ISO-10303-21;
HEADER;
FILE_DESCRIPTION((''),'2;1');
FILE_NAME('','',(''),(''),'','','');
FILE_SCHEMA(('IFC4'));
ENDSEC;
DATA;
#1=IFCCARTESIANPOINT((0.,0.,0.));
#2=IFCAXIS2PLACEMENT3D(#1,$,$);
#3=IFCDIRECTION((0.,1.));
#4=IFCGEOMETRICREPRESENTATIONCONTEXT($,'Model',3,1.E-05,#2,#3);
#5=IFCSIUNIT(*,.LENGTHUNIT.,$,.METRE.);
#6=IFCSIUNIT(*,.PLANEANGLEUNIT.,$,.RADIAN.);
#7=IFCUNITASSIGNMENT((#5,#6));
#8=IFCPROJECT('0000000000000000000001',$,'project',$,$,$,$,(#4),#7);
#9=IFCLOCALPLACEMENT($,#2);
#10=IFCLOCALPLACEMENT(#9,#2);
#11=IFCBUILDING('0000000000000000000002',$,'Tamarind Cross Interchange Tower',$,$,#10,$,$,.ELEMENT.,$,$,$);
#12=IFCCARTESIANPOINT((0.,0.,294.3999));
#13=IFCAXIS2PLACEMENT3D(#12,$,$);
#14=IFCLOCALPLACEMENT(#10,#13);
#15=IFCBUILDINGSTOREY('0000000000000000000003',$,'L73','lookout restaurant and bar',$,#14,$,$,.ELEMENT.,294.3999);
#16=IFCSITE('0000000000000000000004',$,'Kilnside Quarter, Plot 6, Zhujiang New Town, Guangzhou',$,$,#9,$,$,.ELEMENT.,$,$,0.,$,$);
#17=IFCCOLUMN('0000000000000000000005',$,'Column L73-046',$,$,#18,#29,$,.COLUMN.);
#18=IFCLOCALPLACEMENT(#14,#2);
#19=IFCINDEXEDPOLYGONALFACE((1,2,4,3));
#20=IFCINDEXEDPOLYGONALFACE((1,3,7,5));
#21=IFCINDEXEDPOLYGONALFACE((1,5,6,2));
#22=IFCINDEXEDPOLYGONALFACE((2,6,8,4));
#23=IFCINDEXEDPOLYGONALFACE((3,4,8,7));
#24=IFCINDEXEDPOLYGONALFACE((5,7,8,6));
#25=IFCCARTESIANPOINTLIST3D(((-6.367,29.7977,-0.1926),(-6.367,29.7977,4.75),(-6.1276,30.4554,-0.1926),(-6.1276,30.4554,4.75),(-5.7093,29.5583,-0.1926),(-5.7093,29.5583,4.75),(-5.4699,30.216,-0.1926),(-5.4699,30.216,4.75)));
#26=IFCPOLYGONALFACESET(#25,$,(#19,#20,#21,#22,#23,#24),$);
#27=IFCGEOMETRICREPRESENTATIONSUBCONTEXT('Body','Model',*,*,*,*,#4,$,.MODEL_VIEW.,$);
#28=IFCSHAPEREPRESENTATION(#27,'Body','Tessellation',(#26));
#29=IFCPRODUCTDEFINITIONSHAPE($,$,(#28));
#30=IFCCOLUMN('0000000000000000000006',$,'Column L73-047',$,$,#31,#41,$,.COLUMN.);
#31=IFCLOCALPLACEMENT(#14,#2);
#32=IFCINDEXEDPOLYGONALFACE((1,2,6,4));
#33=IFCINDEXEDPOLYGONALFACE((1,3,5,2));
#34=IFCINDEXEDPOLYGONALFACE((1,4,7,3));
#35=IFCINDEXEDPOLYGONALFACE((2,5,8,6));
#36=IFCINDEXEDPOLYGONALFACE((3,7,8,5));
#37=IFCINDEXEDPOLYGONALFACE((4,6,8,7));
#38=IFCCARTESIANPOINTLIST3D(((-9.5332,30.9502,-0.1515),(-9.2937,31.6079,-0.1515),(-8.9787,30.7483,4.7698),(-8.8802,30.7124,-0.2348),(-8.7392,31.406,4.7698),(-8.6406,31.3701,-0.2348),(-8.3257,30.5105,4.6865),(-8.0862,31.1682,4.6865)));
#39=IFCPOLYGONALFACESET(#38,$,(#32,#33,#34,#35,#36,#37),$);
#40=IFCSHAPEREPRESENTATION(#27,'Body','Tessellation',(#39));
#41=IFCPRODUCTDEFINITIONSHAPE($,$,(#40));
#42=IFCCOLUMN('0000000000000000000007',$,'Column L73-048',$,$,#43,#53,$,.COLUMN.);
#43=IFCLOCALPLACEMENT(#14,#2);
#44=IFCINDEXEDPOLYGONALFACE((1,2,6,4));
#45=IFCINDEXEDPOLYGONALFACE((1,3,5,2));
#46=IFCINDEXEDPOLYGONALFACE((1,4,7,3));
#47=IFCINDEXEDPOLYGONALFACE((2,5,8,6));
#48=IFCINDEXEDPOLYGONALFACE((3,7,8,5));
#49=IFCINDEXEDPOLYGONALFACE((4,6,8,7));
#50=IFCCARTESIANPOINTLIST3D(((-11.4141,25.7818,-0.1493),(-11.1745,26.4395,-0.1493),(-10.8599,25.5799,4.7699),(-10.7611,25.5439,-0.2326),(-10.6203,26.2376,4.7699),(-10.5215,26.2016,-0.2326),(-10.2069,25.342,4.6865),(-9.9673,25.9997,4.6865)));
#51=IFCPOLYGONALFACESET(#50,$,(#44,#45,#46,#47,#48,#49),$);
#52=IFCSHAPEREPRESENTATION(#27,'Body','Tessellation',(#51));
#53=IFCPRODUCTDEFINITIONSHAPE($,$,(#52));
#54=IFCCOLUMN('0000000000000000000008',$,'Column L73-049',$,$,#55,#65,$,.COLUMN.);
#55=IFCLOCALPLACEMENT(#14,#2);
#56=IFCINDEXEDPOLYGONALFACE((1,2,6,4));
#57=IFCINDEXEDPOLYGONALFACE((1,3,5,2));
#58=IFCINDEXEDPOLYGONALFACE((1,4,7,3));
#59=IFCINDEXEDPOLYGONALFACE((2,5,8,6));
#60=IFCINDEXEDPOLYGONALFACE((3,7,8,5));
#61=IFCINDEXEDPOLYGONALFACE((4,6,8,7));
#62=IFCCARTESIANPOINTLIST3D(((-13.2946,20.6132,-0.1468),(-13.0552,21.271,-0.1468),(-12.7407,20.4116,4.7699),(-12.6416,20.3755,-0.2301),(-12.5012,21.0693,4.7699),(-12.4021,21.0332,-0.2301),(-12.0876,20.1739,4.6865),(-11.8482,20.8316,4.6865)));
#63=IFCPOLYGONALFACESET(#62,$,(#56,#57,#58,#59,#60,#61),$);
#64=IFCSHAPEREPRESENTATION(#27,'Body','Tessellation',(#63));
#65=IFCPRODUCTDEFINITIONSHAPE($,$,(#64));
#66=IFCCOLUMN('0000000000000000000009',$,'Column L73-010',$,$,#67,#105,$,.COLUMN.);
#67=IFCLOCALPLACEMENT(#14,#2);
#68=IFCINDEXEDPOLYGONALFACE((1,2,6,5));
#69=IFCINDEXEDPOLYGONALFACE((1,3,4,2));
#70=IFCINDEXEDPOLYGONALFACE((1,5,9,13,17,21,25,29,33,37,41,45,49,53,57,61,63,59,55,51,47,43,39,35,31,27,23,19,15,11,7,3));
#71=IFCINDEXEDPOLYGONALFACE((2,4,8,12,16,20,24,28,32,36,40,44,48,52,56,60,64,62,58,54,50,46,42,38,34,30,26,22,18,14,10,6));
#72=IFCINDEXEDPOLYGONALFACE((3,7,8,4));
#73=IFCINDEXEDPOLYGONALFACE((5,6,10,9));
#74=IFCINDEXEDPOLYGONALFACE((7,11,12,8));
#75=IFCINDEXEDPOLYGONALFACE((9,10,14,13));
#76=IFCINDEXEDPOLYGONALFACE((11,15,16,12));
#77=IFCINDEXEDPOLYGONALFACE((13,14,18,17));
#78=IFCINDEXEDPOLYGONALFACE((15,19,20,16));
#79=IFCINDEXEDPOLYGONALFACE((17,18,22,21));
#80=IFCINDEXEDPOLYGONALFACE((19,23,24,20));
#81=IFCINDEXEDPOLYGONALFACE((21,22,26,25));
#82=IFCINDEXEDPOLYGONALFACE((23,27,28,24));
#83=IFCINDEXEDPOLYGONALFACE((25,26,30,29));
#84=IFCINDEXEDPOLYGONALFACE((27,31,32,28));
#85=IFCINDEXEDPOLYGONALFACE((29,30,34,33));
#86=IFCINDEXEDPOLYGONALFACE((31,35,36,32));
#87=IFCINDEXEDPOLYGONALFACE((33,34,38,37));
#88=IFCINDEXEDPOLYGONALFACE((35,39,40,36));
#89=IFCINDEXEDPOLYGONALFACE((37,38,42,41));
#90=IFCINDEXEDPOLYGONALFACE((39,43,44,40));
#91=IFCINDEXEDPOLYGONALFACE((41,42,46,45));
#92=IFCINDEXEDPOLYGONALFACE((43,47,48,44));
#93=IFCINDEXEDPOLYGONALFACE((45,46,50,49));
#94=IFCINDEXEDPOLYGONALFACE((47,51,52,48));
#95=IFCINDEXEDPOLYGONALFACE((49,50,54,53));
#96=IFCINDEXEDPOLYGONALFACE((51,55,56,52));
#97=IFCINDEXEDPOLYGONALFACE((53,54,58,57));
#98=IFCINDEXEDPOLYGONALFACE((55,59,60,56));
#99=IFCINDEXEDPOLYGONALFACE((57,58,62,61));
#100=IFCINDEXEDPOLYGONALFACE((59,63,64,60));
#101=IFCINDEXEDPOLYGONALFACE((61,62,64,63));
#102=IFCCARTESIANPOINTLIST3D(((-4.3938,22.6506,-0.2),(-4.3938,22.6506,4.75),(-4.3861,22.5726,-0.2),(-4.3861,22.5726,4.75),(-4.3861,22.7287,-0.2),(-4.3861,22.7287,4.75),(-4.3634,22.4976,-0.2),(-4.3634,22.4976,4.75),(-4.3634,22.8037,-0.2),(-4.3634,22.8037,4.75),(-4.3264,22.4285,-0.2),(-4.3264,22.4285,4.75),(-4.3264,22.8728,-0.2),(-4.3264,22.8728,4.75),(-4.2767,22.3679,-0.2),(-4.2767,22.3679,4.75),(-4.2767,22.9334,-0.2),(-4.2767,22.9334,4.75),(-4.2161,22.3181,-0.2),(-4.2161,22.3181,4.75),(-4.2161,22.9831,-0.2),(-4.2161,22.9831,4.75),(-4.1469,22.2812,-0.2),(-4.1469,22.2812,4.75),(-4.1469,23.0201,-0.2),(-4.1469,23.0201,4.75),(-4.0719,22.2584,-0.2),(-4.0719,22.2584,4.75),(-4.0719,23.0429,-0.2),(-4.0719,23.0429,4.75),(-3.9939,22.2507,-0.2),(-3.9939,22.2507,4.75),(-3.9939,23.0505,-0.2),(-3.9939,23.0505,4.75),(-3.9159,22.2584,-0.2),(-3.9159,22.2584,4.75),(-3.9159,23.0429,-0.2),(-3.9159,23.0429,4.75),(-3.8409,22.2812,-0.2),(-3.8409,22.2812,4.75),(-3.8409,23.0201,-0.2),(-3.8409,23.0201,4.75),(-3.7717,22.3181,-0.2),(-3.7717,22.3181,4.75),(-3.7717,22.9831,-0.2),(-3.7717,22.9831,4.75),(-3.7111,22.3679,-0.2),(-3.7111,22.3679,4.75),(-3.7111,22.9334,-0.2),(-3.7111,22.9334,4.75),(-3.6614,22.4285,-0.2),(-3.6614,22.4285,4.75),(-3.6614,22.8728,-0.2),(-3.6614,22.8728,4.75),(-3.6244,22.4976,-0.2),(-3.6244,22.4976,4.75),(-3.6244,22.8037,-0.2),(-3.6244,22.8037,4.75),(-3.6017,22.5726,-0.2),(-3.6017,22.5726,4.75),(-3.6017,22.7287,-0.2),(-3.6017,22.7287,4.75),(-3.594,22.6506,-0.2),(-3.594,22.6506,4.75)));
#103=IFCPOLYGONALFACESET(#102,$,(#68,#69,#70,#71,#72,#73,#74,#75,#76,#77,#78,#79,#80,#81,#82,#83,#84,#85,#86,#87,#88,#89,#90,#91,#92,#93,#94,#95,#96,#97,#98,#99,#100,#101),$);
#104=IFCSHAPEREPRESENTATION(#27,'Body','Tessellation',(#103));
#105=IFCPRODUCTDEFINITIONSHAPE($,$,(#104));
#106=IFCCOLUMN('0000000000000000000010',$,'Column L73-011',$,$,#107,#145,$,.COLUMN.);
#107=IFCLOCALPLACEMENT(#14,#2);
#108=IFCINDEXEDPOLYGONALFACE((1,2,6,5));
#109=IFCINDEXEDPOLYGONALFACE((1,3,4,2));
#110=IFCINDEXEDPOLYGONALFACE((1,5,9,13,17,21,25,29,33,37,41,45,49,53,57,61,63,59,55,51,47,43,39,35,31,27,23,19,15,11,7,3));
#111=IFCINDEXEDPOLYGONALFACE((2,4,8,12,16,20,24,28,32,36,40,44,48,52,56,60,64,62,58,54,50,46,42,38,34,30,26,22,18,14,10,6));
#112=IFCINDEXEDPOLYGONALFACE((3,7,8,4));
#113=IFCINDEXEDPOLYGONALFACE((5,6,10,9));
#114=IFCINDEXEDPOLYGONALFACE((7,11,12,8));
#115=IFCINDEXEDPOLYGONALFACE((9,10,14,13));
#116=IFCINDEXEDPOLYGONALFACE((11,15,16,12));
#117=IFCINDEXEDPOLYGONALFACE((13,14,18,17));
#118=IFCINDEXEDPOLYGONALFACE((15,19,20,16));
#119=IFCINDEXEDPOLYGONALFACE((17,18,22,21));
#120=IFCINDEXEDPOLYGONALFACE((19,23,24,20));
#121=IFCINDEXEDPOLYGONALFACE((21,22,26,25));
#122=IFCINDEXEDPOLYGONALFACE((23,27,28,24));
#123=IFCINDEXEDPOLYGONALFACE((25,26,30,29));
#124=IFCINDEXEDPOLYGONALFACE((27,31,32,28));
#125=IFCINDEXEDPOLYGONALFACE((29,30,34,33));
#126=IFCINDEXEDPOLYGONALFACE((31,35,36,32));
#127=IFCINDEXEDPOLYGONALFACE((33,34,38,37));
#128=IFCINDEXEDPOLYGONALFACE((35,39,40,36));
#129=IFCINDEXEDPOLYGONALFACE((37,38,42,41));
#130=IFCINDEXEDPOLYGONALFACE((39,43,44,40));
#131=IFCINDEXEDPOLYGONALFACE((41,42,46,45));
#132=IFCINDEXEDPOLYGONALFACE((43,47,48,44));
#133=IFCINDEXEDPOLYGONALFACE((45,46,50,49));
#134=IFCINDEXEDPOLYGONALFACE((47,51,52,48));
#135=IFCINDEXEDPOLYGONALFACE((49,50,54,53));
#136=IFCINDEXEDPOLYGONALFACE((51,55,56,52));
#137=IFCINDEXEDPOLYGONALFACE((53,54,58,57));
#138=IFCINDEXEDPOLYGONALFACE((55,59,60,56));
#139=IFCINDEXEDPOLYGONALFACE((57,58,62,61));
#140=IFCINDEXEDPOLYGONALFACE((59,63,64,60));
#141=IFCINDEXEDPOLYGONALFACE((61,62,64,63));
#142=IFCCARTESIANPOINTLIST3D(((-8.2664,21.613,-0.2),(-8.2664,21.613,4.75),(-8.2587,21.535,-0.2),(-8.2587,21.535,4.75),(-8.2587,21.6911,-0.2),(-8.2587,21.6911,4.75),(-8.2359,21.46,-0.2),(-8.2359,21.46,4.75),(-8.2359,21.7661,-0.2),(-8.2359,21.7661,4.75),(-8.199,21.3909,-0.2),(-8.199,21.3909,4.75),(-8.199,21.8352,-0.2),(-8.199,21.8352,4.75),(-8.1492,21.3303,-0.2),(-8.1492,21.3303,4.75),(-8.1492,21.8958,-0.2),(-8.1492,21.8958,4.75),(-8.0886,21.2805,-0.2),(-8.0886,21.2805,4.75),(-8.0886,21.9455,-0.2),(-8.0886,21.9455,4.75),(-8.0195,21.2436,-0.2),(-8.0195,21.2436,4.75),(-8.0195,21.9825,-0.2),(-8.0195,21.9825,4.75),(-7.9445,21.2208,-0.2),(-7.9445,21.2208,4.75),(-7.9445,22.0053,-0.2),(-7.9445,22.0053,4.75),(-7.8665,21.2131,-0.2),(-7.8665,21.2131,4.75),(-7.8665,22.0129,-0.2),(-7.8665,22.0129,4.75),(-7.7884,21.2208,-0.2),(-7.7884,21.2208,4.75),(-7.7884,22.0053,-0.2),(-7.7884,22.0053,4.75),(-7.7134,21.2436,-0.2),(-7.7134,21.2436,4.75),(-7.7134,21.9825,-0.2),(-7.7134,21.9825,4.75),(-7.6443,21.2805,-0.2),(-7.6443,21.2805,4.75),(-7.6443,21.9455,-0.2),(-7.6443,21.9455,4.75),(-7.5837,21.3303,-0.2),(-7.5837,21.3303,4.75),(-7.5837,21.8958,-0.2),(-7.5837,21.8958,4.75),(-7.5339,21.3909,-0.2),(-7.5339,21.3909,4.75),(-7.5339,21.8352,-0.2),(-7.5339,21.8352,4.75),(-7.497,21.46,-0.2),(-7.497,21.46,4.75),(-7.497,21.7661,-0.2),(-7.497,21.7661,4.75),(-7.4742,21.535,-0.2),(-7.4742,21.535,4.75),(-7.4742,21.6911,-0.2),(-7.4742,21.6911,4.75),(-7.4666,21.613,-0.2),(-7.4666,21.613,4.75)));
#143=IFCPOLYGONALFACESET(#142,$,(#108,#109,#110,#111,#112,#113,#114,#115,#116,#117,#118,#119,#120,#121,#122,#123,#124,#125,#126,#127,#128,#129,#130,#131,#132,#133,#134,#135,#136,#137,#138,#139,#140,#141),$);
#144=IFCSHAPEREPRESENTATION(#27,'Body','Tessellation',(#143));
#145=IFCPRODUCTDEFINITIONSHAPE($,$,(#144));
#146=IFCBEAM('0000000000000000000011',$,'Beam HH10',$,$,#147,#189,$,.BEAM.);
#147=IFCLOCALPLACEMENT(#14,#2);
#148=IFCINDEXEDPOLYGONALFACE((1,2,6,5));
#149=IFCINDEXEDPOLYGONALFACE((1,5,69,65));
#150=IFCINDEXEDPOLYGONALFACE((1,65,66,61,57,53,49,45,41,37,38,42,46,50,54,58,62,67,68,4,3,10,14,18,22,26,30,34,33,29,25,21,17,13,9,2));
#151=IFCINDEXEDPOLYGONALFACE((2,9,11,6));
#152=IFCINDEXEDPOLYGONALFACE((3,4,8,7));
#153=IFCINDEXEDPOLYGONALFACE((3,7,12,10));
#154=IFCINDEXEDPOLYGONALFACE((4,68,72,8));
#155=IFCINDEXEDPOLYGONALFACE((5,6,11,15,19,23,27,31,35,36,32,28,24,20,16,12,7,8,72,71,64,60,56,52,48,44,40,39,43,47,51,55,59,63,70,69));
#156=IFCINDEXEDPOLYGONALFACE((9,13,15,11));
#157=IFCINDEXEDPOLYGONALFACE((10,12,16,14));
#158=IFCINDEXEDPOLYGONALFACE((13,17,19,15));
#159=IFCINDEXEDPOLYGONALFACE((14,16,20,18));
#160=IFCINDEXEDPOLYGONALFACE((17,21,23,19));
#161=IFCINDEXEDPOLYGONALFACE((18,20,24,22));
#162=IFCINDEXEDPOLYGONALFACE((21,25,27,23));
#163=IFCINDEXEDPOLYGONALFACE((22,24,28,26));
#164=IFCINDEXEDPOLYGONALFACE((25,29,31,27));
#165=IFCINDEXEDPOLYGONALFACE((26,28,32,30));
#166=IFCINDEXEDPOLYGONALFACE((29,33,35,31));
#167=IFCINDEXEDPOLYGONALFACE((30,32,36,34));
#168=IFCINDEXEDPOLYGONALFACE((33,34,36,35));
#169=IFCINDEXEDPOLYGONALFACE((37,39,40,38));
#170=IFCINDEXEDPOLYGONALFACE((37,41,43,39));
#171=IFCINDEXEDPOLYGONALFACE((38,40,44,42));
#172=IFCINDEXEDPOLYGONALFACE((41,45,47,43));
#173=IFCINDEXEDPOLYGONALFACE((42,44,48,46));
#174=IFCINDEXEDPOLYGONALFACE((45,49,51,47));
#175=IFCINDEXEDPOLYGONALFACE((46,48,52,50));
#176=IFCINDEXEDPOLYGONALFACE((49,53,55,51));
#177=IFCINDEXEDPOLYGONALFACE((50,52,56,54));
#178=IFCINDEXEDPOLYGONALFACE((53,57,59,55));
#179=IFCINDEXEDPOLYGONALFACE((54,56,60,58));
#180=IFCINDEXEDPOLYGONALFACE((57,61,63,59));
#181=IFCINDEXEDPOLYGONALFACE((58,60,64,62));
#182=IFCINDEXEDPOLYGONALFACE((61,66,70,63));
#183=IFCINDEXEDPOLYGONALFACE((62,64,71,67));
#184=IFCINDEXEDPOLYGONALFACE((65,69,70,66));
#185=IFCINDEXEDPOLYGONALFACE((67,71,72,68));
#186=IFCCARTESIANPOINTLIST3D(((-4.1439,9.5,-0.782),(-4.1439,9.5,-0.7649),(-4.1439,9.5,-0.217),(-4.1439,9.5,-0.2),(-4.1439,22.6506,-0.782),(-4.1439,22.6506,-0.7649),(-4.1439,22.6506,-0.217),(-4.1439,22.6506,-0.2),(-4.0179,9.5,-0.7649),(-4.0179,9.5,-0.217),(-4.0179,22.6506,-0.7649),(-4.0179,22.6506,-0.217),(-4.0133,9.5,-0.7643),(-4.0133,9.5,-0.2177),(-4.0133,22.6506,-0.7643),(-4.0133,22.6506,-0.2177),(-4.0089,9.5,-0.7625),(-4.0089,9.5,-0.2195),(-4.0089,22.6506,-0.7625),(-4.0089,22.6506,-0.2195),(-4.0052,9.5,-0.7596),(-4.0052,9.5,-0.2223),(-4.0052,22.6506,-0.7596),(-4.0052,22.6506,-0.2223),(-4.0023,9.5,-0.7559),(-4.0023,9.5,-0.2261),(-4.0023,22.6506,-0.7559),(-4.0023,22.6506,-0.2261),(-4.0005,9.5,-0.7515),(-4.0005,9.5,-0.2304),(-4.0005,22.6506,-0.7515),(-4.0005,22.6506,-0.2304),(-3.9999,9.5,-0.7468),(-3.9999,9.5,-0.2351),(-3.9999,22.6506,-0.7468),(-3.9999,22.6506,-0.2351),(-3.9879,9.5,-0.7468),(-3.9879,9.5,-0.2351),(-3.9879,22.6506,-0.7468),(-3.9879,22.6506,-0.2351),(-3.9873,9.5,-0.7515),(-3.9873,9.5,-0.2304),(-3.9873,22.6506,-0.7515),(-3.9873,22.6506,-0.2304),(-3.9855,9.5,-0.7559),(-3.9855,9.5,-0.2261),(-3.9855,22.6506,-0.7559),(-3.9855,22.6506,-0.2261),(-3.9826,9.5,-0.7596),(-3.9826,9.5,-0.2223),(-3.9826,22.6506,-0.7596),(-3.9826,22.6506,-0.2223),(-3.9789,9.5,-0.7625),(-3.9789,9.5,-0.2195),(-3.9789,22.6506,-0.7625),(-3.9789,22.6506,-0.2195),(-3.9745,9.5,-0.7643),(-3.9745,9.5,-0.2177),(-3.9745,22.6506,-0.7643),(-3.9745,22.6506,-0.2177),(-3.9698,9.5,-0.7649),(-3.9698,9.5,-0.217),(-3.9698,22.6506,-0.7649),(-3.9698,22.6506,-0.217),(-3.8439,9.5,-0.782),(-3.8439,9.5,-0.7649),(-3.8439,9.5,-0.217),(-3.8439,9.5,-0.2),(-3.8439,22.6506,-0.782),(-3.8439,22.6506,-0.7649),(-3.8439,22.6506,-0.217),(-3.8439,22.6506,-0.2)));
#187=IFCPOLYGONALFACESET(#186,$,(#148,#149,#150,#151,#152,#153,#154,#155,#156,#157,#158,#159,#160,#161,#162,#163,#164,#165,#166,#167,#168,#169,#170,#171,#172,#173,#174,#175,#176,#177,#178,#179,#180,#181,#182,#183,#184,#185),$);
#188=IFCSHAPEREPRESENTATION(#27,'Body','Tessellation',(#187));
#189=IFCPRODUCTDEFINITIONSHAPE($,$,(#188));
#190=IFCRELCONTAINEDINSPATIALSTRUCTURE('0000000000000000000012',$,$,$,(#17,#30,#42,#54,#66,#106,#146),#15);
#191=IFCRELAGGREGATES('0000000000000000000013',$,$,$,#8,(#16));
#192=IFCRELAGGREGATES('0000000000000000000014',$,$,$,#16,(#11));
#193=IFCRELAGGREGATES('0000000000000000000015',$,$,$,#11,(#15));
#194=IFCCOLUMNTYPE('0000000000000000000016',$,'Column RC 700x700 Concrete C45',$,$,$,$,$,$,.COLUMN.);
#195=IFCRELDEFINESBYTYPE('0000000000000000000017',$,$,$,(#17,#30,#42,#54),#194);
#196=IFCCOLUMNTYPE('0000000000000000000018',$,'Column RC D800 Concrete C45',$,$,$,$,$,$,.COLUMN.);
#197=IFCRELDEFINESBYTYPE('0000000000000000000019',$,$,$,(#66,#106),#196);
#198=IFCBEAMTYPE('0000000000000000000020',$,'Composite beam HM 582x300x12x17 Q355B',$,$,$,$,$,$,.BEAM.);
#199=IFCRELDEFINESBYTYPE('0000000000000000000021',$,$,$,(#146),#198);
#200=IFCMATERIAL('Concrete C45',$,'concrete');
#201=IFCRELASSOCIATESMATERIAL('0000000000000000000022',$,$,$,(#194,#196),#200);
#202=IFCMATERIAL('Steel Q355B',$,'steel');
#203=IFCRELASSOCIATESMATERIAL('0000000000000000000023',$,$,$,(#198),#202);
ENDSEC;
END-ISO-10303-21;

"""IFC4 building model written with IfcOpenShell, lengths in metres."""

from ifc_helpers import new_model, si_unit, direction, frame, origin, origin_2d, place, context, subcontext, project, spatial, rectangle, circle, i_section, extrude, material, material_profile, profile_set, type_object, element, save


model = new_model("IFC4")

# Units and contexts
model_context = context("Model", 3, precision=1e-05, world=origin(), true_north=direction((0.0, 1.0)))
body_context = subcontext(model_context, "Body", "Model", "MODEL_VIEW")
ifc_project = project(units=[si_unit("LENGTHUNIT", "METRE"), si_unit("PLANEANGLEUNIT", "RADIAN")], contexts=[model_context])

# Site, building, storey
site_placement = place(None, origin())
site = spatial("IfcSite", under=ifc_project, at=site_placement, Name="Kilnside Quarter, Plot 6, Zhujiang New Town, Guangzhou", CompositionType="ELEMENT", RefElevation=0.0)
building_placement = place(site_placement, origin())
building = spatial("IfcBuilding", under=site, at=building_placement, Name="Tamarind Cross Interchange Tower", CompositionType="ELEMENT")
storey_placement = place(building_placement, frame((0.0, 0.0, 294.3999)))
storey = spatial("IfcBuildingStorey", under=building, at=storey_placement, Name="L73", Description="lookout restaurant and bar", CompositionType="ELEMENT", Elevation=294.3999)

# Columns
ifc_material_1 = material(Name="Concrete C45", Category="concrete")
ifc_material_profile_1 = material_profile(ifc_material_1, rectangle(XDim=0.7, YDim=0.7, at=origin_2d()), Name="RC 700x700")
ifc_profile_set_1 = profile_set([ifc_material_profile_1], Name="Concrete C45")
column_type_1 = type_object("IfcColumnType", Name="Column RC 700x700 Concrete C45", PredefinedType="COLUMN", material=ifc_profile_set_1)
column_1_placement = place(storey_placement, frame((-5.9185, 30.0068, -0.1926), z_axis=(0.0, 0.0, 1.0), x_axis=(0.341994, 0.939702, 0.0)))
element("IfcColumn", 1, at=column_1_placement, inside=storey, type_object=column_type_1, Name="Column L73-046", PredefinedType="COLUMN", context=body_context, shape_type="SweptSolid", body=[
    extrude(rectangle(XDim=0.7, YDim=0.7, at=origin_2d()), origin(), (0.0, 0.0, 1.0), 4.9426),
])
column_2_placement = place(storey_placement, frame((-9.0869, 31.1602, -0.1931), z_axis=(0.111859, -0.040734, 0.992889), x_axis=(0.342175, 0.939636, 0.0)))
element("IfcColumn", 2, at=column_2_placement, inside=storey, type_object=column_type_1, Name="Column L73-047", PredefinedType="COLUMN", context=body_context, shape_type="SweptSolid", body=[
    extrude(rectangle(XDim=0.7, YDim=0.7, at=origin_2d()), origin(), (0.0, 0.0, 1.0), 4.9565),
])
column_3_placement = place(storey_placement, frame((-10.9678, 25.9917, -0.1909), z_axis=(0.111859, -0.040752, 0.992888), x_axis=(0.342308, 0.939588, 0.0)))
element("IfcColumn", 3, at=column_3_placement, inside=storey, type_object=column_type_1, Name="Column L73-048", PredefinedType="COLUMN", context=body_context, shape_type="SweptSolid", body=[
    extrude(rectangle(XDim=0.7, YDim=0.7, at=origin_2d()), origin(), (0.0, 0.0, 1.0), 4.9543),
])
column_4_placement = place(storey_placement, frame((-12.8484, 20.8232, -0.1885), z_axis=(0.111866, -0.040723, 0.992889), x_axis=(-0.93299, 0.339643, 0.119048)))
element("IfcColumn", 4, at=column_4_placement, inside=storey, type_object=column_type_1, Name="Column L73-049", PredefinedType="COLUMN", context=body_context, shape_type="SweptSolid", body=[
    extrude(rectangle(XDim=0.7, YDim=0.7, at=origin_2d()), origin(), (0.0, 0.0, 1.0), 4.9519),
])
ifc_material_profile_2 = material_profile(ifc_material_1, circle(Radius=0.3999, at=origin_2d()), Name="RC D800")
ifc_profile_set_2 = profile_set([ifc_material_profile_2], Name="Concrete C45")
column_type_2 = type_object("IfcColumnType", Name="Column RC D800 Concrete C45", PredefinedType="COLUMN", material=ifc_profile_set_2)
for number, where, z_axis, x_axis, name in (
    (5, (-3.9939, 22.6506, -0.2), (0.0, 0.0, 1.0), (1.0, 0.0, 0.0), "Column L73-010"),
    (6, (-7.8665, 21.613, -0.2), (0.0, 0.0, 1.0), (1.0, 0.0, 0.0), "Column L73-011"),
):
    element("IfcColumn", number, at=place(storey_placement, frame(where, z_axis=z_axis, x_axis=x_axis)), inside=storey, type_object=column_type_2, Name=name, PredefinedType="COLUMN", context=body_context, shape_type="SweptSolid", body=[
        extrude(circle(Radius=0.3999, at=origin_2d()), origin(), (0.0, 0.0, 1.0), 4.95),
    ])

# Beam
ifc_material_2 = material(Name="Steel Q355B", Category="steel")
ifc_material_profile_3 = material_profile(ifc_material_2, i_section(OverallWidth=0.3, OverallDepth=0.582, WebThickness=0.012, FlangeThickness=0.0171, FilletRadius=0.0181, at=origin_2d()), Name="HM 582x300x12x17")
ifc_profile_set_3 = profile_set([ifc_material_profile_3], Name="Steel Q355B")
beam_type_1 = type_object("IfcBeamType", Name="Composite beam HM 582x300x12x17 Q355B", PredefinedType="BEAM", material=ifc_profile_set_3)
beam_1_placement = place(storey_placement, frame((-3.9939, 22.6506, -0.491), z_axis=(0.0, -1.0, 0.0), x_axis=(1.0, 0.0, 0.0)))
element("IfcBeam", 7, at=beam_1_placement, inside=storey, type_object=beam_type_1, Name="Beam HH10", PredefinedType="BEAM", context=body_context, shape_type="SweptSolid", body=[
    extrude(i_section(OverallWidth=0.3, OverallDepth=0.582, WebThickness=0.012, FlangeThickness=0.0171, FilletRadius=0.0181, at=origin_2d()), origin(), (0.0, 0.0, 1.0), 13.1506),
])

save(model, "model.ifc")
